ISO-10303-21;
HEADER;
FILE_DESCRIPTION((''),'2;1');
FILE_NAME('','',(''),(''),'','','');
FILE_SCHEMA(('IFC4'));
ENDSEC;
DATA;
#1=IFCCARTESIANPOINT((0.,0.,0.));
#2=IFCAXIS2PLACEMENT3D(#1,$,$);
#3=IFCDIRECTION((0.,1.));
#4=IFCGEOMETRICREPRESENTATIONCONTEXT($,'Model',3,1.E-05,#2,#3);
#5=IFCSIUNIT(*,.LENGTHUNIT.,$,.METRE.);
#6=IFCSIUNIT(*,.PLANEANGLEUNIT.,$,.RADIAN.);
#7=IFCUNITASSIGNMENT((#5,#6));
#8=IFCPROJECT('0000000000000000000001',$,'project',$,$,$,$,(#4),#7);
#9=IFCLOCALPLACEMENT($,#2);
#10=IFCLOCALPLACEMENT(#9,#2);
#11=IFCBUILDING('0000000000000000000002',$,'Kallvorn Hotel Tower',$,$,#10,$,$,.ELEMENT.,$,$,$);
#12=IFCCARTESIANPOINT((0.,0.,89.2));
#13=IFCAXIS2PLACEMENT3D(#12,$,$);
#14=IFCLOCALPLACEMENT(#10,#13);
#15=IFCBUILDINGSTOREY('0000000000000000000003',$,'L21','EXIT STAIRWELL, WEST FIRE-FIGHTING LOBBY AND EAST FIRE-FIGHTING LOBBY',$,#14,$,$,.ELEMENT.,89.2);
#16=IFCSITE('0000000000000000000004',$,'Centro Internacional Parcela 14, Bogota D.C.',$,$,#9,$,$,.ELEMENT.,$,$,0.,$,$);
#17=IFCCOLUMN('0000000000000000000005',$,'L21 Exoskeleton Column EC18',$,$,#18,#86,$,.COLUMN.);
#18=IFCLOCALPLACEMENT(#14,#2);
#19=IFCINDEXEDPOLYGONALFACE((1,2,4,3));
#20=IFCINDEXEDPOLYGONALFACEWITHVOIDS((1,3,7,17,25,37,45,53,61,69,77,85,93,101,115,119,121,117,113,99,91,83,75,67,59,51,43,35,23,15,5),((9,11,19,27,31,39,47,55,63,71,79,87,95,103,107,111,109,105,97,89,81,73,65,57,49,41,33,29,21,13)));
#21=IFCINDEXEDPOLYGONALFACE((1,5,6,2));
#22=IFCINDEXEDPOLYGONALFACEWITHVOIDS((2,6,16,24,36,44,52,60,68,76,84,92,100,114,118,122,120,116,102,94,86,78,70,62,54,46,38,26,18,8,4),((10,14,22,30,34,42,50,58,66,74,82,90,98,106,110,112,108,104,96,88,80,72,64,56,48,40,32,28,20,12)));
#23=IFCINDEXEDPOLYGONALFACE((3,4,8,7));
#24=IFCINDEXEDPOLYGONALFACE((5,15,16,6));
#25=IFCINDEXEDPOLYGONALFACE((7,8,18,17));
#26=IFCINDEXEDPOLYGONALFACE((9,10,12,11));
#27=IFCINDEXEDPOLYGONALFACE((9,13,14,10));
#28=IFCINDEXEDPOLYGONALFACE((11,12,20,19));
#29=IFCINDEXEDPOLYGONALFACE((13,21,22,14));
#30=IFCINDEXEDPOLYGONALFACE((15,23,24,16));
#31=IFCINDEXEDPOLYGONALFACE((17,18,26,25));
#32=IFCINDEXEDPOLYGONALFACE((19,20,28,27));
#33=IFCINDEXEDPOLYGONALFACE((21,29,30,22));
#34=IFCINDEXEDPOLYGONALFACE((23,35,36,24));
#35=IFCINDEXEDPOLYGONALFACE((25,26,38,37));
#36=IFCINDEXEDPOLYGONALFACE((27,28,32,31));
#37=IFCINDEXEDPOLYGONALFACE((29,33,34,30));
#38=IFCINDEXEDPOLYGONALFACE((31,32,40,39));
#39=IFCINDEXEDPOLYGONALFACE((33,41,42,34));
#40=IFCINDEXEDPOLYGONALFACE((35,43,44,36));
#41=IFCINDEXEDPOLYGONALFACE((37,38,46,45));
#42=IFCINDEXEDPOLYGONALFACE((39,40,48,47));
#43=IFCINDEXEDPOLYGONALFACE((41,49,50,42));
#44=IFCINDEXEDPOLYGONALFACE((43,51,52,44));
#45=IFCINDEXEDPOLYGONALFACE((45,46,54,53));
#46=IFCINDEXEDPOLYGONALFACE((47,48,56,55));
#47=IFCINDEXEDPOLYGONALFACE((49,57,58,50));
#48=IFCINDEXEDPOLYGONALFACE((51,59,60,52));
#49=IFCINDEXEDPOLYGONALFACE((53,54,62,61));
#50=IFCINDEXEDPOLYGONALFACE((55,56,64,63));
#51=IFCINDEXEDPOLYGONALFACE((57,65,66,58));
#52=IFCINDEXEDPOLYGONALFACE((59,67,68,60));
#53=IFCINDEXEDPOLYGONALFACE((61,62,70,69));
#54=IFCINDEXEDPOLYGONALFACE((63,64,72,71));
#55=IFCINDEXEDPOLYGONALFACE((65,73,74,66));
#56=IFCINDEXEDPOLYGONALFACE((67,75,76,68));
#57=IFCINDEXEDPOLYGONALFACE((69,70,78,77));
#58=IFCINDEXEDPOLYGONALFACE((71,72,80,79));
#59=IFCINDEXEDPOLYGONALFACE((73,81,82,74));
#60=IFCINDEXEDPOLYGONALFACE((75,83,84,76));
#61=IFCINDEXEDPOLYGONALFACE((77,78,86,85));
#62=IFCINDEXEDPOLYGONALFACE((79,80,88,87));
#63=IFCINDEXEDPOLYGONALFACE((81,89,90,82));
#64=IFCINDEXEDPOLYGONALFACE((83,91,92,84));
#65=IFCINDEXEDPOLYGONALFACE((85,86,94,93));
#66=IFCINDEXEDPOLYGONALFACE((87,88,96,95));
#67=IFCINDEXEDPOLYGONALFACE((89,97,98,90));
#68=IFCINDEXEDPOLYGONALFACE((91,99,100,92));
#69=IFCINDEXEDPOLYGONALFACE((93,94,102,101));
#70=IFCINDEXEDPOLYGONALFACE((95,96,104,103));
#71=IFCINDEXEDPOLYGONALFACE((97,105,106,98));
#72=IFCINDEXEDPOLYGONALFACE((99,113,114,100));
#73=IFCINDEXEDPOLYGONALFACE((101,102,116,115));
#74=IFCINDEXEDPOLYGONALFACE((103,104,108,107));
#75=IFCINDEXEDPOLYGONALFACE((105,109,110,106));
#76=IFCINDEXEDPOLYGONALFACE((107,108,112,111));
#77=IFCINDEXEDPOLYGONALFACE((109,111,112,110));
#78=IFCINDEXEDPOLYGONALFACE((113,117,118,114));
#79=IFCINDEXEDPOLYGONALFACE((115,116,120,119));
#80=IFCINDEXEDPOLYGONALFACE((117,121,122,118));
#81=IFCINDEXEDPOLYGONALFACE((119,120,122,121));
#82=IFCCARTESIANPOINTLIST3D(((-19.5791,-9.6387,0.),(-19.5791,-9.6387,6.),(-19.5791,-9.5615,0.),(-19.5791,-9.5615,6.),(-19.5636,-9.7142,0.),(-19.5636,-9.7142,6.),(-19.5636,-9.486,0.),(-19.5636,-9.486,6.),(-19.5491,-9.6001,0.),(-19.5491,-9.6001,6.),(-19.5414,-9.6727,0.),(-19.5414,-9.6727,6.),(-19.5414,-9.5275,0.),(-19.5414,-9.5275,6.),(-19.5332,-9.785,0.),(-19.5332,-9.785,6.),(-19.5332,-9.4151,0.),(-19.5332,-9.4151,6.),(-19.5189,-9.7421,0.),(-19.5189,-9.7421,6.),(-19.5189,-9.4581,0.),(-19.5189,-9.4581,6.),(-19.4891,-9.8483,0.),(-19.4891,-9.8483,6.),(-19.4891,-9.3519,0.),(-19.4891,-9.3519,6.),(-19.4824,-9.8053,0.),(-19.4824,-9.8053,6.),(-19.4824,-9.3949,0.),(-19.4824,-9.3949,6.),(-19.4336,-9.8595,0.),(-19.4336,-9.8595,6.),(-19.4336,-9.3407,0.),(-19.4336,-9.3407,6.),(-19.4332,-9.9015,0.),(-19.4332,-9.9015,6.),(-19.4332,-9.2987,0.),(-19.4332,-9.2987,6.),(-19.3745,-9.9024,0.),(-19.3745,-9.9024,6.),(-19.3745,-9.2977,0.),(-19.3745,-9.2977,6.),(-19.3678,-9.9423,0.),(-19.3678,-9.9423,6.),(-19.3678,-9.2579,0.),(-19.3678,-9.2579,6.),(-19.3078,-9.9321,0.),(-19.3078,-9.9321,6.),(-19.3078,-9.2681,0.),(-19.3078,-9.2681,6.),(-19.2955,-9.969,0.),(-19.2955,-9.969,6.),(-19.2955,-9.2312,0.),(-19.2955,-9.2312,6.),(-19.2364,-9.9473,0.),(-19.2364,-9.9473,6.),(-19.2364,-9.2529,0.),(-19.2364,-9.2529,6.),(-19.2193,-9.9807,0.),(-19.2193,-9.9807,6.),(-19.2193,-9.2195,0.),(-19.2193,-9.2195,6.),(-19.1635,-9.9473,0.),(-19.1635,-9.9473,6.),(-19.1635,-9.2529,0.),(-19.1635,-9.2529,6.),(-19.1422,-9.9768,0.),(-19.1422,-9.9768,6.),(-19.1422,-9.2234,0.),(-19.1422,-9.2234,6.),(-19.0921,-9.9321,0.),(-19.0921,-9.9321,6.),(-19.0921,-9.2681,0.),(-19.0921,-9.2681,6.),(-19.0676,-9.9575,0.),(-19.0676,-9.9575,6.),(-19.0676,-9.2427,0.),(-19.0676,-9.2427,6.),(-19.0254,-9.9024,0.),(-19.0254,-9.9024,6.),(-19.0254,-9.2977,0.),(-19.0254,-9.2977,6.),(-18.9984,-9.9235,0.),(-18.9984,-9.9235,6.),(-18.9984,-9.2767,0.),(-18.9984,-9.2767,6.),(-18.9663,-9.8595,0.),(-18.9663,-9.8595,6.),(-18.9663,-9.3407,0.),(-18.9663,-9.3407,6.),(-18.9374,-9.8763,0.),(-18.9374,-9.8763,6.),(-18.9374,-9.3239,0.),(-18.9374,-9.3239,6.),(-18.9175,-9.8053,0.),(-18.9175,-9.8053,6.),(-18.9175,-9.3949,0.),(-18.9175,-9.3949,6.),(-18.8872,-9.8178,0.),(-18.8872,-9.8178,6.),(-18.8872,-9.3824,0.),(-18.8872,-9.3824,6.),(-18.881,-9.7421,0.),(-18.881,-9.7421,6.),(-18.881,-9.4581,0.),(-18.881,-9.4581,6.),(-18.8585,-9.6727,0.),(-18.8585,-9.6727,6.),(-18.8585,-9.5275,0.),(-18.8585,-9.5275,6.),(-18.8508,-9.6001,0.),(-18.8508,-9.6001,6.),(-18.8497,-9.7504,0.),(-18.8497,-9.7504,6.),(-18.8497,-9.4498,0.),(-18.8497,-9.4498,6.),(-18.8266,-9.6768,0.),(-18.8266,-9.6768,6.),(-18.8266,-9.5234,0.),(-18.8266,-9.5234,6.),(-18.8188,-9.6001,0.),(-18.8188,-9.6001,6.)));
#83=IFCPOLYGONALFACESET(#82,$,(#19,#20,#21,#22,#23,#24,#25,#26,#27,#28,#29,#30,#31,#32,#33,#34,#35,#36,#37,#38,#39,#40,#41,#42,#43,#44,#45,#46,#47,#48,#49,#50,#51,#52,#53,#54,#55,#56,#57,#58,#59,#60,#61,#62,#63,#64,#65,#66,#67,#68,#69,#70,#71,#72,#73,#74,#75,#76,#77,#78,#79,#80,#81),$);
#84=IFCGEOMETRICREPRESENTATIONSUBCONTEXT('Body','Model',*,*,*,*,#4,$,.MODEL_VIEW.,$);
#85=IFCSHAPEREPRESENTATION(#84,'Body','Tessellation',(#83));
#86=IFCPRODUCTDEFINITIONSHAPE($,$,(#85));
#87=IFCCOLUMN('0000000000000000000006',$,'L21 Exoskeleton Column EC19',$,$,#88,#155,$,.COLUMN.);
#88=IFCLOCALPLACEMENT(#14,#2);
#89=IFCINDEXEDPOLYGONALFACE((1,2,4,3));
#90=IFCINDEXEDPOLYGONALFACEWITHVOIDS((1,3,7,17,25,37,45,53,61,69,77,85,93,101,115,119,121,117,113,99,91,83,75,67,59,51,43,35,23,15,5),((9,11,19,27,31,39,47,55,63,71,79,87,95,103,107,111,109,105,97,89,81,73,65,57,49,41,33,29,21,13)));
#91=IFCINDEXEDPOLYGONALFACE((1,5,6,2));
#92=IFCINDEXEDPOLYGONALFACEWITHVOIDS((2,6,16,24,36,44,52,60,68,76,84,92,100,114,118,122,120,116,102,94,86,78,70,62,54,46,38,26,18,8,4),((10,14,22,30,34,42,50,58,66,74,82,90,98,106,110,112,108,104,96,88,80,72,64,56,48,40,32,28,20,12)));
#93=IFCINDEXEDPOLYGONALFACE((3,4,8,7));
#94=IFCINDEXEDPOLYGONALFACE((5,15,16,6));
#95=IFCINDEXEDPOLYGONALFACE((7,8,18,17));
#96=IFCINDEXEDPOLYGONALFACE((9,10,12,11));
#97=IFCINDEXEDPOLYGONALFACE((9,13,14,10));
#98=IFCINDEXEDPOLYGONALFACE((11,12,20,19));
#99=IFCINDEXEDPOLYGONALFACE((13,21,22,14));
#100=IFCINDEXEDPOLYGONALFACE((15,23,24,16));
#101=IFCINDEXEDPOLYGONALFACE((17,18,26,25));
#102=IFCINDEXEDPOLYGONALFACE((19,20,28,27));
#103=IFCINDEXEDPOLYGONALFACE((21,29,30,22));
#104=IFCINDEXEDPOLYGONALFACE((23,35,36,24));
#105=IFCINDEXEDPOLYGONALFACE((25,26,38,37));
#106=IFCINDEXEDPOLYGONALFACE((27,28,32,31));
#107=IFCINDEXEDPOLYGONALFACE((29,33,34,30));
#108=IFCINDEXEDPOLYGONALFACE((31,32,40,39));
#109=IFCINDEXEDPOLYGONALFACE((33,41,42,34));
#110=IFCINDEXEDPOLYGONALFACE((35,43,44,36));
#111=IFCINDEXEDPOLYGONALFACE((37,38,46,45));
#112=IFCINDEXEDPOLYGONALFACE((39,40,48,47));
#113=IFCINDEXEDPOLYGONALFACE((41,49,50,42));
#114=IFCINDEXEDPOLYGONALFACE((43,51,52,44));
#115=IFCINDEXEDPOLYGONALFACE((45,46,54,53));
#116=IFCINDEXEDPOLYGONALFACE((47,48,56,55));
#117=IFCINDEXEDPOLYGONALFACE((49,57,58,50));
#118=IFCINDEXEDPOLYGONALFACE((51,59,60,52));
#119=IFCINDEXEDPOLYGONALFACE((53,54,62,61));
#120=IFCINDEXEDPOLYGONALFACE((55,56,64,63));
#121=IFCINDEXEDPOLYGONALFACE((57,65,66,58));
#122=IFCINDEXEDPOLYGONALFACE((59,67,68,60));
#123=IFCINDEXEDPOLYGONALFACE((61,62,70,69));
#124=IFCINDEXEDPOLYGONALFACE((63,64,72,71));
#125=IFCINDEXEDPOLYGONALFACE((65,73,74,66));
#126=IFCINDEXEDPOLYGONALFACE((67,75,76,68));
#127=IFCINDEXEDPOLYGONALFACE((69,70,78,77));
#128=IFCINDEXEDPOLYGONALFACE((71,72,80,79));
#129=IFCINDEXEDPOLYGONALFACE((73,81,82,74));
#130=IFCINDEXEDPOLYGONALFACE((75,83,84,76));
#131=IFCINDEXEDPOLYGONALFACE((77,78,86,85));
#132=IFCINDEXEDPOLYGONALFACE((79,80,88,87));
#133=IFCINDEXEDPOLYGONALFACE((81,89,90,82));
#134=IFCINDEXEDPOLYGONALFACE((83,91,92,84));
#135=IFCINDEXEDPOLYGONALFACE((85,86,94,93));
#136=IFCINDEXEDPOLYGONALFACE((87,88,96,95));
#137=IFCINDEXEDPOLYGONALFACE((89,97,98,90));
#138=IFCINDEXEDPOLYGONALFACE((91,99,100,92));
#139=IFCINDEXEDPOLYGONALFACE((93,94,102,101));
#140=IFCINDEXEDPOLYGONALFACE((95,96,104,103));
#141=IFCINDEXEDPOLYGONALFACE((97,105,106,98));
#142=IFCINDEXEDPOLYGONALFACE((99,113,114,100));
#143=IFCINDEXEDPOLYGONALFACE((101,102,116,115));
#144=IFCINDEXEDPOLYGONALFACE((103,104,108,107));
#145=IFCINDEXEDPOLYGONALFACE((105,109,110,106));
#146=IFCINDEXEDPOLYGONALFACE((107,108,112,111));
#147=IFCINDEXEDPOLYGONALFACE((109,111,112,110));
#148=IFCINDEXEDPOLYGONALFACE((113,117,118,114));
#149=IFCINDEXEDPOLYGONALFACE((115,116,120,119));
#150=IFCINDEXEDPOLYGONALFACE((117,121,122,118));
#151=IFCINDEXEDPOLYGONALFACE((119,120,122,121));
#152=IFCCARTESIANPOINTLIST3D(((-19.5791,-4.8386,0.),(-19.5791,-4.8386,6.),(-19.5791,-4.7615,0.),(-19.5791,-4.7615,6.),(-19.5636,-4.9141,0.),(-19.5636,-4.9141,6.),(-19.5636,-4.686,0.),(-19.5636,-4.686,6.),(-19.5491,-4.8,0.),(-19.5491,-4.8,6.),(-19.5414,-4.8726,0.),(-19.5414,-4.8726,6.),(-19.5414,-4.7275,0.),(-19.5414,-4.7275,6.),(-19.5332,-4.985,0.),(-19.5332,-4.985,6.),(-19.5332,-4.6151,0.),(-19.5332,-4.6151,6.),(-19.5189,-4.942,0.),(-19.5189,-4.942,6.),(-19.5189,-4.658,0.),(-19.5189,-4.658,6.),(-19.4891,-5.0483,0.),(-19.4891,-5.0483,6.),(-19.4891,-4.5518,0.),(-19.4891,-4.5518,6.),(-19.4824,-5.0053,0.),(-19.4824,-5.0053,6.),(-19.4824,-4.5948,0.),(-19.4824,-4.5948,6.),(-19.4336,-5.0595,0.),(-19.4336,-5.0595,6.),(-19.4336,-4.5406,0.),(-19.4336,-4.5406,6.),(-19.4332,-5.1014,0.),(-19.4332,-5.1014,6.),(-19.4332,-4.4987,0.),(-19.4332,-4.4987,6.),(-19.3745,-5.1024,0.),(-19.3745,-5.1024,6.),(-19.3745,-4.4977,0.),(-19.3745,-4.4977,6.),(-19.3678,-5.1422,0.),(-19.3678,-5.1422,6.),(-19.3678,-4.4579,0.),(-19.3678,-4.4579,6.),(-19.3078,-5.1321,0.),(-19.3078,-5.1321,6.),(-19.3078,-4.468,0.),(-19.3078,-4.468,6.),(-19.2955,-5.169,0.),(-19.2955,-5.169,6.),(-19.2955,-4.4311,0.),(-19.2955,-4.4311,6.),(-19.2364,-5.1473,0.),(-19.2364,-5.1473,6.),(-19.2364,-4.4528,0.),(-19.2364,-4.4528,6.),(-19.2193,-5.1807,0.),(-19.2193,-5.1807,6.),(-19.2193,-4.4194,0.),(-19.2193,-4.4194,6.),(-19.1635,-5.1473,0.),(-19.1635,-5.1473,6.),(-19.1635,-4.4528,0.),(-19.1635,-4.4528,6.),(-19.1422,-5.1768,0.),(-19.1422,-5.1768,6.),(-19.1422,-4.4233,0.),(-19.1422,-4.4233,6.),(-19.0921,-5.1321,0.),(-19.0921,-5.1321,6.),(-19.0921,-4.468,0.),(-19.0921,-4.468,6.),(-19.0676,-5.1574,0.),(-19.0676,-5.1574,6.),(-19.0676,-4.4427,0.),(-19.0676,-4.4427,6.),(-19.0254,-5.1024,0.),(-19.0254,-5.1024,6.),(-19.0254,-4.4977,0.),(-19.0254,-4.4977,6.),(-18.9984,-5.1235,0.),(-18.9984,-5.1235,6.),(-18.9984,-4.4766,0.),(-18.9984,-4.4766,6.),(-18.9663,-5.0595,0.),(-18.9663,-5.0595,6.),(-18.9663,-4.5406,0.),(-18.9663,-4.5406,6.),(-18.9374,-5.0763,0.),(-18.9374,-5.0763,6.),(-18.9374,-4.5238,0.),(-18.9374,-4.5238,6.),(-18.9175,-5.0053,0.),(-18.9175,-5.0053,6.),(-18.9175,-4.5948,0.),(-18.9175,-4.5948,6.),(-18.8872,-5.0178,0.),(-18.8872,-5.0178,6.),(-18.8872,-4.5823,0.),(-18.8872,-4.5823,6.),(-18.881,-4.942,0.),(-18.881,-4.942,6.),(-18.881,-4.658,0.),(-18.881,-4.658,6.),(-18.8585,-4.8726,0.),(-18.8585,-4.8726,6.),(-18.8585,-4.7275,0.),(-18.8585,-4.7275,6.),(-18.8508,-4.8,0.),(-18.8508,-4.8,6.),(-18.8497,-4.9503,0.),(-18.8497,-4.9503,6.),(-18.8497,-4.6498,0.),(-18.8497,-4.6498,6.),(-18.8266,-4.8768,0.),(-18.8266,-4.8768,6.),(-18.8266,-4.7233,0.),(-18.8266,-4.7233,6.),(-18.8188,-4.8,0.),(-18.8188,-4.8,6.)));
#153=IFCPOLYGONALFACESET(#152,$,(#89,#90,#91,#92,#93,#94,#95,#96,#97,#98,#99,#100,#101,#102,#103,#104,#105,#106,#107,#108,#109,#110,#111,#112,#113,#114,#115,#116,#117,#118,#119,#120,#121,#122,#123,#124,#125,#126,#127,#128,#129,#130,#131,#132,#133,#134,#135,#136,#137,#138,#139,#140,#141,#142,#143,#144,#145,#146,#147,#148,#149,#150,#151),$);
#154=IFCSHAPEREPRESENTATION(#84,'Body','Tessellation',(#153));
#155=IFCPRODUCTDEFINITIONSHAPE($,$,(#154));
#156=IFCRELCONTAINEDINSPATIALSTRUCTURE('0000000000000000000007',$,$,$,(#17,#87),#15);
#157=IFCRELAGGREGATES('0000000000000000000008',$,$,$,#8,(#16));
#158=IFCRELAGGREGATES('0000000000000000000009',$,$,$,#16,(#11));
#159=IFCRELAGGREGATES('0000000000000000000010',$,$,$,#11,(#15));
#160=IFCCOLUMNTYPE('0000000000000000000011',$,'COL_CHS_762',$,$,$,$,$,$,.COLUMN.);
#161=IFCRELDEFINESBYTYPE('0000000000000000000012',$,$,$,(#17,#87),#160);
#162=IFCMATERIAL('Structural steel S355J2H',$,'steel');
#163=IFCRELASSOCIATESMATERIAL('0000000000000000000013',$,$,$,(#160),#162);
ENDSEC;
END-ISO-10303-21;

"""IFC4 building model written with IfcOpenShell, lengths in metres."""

from ifc_helpers import new_model, si_unit, direction, frame, origin, origin_2d, place, context, subcontext, project, spatial, hollow_circle, extrude, material, material_profile, profile_set, type_object, element, save


model = new_model("IFC4")

# Units and contexts
model_context = context("Model", 3, precision=1e-05, world=origin(), true_north=direction((0.0, 1.0)))
body_context = subcontext(model_context, "Body", "Model", "MODEL_VIEW")
ifc_project = project(units=[si_unit("LENGTHUNIT", "METRE"), si_unit("PLANEANGLEUNIT", "RADIAN")], contexts=[model_context])

# Site, building, storey
site_placement = place(None, origin())
site = spatial("IfcSite", under=ifc_project, at=site_placement, Name="Centro Internacional Parcela 14, Bogota D.C.", CompositionType="ELEMENT", RefElevation=0.0)
building_placement = place(site_placement, origin())
building = spatial("IfcBuilding", under=site, at=building_placement, Name="Kallvorn Hotel Tower", CompositionType="ELEMENT")
storey_placement = place(building_placement, frame((0.0, 0.0, 89.2)))
storey = spatial("IfcBuildingStorey", under=building, at=storey_placement, Name="L21", Description="EXIT STAIRWELL, WEST FIRE-FIGHTING LOBBY AND EAST FIRE-FIGHTING LOBBY", CompositionType="ELEMENT", Elevation=89.2)

# Columns
ifc_material_1 = material(Name="Structural steel S355J2H", Category="steel")
ifc_material_profile_1 = material_profile(ifc_material_1, hollow_circle(Radius=0.3811, WallThickness=0.032, at=origin_2d()), Name="CHS 762x32")
ifc_profile_set_1 = profile_set([ifc_material_profile_1], Name="Structural steel S355J2H")
column_type_1 = type_object("IfcColumnType", Name="COL_CHS_762", PredefinedType="COLUMN", material=ifc_profile_set_1)
for number, where, z_axis, x_axis, name in (
    (1, (-19.2, -9.6001, 0.0), (0.0, 0.0, 1.0), (1.0, 0.0, 0.0), "L21 Exoskeleton Column EC18"),
    (2, (-19.2, -4.8, 0.0), (0.0, 0.0, 1.0), (1.0, 0.0, 0.0), "L21 Exoskeleton Column EC19"),
):
    element("IfcColumn", number, at=place(storey_placement, frame(where, z_axis=z_axis, x_axis=x_axis)), inside=storey, type_object=column_type_1, Name=name, PredefinedType="COLUMN", context=body_context, shape_type="SweptSolid", body=[
        extrude(hollow_circle(Radius=0.3811, WallThickness=0.032, at=origin_2d()), origin(), (0.0, 0.0, 1.0), 6.0),
    ])

save(model, "model.ifc")
